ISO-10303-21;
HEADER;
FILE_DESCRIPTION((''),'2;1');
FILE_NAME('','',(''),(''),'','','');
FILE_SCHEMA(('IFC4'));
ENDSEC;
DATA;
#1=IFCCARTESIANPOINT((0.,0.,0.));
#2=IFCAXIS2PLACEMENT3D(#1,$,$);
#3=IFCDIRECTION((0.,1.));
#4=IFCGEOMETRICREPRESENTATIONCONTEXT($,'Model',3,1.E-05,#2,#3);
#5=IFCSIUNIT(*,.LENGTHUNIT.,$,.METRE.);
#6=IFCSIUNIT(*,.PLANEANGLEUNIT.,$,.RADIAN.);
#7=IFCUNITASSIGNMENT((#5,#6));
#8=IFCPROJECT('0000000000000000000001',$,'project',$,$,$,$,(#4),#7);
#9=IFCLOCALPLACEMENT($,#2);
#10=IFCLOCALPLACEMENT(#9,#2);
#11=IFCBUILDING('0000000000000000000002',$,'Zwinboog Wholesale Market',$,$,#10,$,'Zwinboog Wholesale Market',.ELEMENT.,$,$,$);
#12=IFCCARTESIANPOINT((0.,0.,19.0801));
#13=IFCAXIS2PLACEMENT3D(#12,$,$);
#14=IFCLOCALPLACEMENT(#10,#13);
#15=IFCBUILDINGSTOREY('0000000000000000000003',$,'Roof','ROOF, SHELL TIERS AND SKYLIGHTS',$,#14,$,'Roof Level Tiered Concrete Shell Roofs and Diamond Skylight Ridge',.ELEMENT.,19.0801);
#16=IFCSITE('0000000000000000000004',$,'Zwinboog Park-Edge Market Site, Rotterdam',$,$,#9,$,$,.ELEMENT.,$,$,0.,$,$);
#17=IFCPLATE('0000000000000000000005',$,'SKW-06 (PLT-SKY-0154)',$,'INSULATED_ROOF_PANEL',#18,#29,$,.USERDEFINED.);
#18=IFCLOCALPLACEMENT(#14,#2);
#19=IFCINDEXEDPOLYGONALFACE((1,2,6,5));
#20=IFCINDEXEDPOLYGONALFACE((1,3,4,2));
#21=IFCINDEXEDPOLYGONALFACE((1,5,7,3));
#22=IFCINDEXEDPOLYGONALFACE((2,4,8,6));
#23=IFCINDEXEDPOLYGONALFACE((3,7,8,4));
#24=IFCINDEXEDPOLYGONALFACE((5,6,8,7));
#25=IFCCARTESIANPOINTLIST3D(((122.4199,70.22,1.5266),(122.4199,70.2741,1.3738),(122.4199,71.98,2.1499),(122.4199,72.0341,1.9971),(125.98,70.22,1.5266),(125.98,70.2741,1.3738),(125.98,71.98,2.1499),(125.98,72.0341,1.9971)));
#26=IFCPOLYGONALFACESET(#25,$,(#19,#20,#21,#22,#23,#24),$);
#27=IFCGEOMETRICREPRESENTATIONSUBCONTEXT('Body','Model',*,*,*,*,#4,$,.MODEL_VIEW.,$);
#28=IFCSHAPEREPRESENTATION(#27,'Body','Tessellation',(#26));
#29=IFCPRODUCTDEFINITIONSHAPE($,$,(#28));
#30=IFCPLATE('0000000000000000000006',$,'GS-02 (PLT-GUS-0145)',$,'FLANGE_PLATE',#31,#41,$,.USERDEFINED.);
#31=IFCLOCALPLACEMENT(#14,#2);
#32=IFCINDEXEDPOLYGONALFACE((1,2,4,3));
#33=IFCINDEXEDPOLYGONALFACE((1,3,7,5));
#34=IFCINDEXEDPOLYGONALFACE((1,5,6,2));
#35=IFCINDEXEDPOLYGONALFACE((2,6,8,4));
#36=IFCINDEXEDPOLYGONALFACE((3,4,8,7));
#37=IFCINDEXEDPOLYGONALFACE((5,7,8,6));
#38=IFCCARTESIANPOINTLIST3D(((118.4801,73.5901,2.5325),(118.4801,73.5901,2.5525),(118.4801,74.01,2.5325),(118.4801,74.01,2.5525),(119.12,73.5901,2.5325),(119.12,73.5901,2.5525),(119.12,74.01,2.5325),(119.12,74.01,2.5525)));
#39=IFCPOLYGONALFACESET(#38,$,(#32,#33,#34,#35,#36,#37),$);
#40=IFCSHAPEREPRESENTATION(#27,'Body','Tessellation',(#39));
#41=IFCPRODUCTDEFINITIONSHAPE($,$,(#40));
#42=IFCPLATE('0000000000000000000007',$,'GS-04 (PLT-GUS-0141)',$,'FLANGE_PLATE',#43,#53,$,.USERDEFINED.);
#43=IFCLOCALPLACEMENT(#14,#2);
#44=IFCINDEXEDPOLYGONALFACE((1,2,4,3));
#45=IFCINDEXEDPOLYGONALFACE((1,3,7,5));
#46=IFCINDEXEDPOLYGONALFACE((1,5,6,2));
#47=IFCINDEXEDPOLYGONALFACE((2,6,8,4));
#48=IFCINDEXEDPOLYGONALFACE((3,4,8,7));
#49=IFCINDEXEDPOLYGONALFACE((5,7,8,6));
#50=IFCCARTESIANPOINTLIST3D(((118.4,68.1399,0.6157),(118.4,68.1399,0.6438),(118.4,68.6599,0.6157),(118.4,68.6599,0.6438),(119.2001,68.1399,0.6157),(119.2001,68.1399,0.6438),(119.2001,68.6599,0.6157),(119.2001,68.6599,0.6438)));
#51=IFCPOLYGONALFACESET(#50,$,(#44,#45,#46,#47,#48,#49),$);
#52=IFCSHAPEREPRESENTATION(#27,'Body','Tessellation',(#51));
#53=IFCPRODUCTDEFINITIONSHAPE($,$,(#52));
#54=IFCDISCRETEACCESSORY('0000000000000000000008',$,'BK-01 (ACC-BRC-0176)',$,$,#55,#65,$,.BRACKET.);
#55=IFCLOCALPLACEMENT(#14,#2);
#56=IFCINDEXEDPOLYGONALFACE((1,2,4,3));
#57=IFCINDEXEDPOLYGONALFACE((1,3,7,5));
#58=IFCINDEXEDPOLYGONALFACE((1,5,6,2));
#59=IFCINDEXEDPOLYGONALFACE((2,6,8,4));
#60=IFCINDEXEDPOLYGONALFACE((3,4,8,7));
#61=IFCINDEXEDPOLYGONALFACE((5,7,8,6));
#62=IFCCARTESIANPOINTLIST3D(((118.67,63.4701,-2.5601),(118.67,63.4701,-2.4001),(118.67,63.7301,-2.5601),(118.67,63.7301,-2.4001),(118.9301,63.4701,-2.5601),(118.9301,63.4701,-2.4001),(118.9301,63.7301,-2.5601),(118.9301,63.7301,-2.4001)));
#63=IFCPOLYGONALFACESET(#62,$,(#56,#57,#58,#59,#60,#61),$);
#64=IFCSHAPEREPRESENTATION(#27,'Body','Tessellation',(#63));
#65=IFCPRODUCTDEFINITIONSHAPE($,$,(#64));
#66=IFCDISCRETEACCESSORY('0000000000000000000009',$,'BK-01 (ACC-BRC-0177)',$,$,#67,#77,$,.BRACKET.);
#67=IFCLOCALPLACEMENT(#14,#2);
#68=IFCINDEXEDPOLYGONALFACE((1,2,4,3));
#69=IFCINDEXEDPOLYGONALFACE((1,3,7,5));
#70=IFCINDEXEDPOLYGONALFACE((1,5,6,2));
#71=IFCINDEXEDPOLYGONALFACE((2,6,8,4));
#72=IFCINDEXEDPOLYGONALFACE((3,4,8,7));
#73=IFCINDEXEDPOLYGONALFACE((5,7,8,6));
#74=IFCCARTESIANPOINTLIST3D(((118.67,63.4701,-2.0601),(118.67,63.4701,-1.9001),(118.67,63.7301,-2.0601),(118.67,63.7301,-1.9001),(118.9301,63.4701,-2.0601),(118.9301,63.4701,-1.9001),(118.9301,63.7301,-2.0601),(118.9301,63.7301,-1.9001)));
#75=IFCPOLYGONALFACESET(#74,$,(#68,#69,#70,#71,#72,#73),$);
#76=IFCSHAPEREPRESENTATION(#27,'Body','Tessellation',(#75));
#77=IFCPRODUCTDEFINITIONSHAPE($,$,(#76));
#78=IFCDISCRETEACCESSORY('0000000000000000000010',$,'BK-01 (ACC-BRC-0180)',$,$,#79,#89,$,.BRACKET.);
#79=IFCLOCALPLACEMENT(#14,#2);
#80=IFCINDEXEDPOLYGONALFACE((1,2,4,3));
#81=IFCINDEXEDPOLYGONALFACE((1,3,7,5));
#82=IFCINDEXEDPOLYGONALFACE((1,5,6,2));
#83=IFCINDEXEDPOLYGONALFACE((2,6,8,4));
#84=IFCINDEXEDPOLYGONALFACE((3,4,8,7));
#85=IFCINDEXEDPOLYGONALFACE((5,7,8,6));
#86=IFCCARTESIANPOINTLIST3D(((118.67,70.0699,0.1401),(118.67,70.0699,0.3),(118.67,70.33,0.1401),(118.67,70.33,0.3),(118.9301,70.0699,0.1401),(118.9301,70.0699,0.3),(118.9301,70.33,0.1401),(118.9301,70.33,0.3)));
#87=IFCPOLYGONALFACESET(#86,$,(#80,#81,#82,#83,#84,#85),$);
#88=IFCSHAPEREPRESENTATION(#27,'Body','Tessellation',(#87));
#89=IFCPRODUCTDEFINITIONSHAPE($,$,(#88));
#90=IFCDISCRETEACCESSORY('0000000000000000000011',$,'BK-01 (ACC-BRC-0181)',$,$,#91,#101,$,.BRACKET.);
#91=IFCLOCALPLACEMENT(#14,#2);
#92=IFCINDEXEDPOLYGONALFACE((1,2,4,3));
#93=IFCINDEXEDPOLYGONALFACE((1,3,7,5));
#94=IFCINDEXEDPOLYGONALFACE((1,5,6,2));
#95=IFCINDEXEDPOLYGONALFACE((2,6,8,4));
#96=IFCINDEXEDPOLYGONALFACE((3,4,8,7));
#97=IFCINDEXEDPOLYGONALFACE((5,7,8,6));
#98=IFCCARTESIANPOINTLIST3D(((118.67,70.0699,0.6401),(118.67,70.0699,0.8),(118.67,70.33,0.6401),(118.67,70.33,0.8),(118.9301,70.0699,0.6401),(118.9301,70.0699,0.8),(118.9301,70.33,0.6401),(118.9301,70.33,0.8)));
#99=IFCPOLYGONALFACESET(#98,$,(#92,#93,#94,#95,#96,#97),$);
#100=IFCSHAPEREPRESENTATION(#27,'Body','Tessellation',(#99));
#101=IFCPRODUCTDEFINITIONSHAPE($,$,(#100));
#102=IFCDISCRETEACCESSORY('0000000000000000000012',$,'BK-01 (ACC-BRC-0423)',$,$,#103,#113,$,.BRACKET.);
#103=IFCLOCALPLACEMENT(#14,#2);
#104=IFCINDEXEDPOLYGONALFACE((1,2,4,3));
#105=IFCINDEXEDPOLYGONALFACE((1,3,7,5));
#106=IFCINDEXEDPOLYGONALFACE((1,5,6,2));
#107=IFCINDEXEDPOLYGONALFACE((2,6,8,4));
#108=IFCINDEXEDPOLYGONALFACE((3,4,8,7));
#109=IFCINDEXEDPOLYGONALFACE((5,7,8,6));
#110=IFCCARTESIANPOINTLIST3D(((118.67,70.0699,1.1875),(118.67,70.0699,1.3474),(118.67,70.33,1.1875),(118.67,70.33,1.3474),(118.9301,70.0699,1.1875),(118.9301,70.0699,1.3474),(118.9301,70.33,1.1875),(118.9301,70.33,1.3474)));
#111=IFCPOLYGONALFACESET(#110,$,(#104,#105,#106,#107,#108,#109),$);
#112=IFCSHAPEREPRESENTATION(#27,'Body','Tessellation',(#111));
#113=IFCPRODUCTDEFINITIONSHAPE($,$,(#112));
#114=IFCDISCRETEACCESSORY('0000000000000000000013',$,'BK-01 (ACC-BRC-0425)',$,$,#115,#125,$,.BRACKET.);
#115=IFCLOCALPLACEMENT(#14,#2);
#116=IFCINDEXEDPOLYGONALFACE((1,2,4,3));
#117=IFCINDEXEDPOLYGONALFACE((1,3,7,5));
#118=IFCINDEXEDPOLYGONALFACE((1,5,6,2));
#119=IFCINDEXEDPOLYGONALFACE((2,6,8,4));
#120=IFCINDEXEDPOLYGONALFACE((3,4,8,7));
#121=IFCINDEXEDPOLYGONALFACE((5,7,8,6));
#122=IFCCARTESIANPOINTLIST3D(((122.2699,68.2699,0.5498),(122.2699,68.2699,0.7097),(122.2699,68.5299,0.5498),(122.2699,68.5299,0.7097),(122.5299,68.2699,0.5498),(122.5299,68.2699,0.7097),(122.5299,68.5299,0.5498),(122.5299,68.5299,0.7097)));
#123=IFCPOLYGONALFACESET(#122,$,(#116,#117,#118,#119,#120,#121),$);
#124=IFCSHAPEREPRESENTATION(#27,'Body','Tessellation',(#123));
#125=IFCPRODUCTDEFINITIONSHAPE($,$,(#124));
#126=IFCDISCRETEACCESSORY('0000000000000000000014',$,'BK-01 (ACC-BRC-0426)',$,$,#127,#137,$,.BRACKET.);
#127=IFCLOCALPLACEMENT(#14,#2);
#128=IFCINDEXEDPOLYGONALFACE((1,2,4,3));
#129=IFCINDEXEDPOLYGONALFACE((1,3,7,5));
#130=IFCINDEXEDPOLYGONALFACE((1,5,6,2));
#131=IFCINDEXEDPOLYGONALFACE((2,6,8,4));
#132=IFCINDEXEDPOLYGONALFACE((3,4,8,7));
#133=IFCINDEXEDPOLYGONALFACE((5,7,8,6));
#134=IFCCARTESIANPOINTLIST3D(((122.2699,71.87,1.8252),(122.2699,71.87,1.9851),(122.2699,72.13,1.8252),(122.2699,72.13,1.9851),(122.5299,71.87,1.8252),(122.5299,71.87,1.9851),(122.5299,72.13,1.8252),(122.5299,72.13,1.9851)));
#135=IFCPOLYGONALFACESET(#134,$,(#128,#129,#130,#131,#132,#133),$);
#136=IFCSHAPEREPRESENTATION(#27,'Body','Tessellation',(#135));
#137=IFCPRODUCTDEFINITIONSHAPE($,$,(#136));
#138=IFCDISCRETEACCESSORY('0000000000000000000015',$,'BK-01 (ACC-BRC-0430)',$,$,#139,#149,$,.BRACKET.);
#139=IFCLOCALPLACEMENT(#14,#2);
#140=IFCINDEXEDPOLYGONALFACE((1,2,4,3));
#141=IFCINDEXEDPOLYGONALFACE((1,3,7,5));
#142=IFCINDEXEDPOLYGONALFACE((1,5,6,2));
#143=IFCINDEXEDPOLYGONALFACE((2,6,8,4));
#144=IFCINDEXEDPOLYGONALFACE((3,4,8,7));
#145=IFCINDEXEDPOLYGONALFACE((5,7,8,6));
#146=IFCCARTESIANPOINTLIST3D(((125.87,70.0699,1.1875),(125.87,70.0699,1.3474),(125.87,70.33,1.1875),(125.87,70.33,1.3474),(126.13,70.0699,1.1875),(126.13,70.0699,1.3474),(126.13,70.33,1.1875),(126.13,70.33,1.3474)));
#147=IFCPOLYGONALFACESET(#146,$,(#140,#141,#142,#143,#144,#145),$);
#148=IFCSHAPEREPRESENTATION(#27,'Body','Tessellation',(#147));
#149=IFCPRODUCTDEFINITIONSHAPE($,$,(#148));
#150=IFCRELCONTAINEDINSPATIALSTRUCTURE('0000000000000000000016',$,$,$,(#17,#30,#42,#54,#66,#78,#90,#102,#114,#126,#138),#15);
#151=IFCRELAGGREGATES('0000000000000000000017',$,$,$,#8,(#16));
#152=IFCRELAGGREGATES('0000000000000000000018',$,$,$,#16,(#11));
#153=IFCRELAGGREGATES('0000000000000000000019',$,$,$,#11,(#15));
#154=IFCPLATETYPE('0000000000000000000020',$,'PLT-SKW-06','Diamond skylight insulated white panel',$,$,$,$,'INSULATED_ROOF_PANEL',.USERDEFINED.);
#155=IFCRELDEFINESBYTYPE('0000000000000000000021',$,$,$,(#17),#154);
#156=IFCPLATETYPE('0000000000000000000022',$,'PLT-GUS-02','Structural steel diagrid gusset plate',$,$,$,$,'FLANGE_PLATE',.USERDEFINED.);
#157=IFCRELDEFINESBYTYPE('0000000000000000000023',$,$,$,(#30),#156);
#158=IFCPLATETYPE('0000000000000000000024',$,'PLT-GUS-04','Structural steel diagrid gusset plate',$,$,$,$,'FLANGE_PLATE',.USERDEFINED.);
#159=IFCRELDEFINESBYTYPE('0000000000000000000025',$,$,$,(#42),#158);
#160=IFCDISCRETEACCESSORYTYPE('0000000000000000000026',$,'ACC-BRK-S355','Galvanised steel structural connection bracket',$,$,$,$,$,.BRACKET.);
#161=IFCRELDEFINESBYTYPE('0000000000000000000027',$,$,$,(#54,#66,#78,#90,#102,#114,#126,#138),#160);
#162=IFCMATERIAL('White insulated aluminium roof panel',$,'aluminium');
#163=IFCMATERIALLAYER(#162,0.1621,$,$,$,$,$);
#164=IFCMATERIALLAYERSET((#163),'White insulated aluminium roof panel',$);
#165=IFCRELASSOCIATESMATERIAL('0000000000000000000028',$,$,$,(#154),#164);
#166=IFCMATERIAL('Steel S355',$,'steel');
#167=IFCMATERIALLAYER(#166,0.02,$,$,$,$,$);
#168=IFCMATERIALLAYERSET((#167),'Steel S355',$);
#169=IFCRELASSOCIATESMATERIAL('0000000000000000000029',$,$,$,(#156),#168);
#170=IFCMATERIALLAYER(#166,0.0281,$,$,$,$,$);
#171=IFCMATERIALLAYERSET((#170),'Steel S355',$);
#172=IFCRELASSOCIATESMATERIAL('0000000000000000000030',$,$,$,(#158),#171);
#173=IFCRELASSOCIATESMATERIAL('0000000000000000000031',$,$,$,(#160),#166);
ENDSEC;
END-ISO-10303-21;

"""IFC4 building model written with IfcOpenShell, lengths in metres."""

from ifc_helpers import new_model, si_unit, direction, frame, origin, origin_2d, place, context, subcontext, project, spatial, polyline, rectangle, outline, extrude, material, layer, layer_set, type_object, element, save


model = new_model("IFC4")

# Units and contexts
model_context = context("Model", 3, precision=1e-05, world=origin(), true_north=direction((0.0, 1.0)))
body_context = subcontext(model_context, "Body", "Model", "MODEL_VIEW")
ifc_project = project(units=[si_unit("LENGTHUNIT", "METRE"), si_unit("PLANEANGLEUNIT", "RADIAN")], contexts=[model_context])

# Site, building, storey
site_placement = place(None, origin())
site = spatial("IfcSite", under=ifc_project, at=site_placement, Name="Zwinboog Park-Edge Market Site, Rotterdam", CompositionType="ELEMENT", RefElevation=0.0)
building_placement = place(site_placement, origin())
building = spatial("IfcBuilding", under=site, at=building_placement, Name="Zwinboog Wholesale Market", LongName="Zwinboog Wholesale Market", CompositionType="ELEMENT")
storey_placement = place(building_placement, frame((0.0, 0.0, 19.0801)))
storey = spatial("IfcBuildingStorey", under=building, at=storey_placement, Name="Roof", Description="ROOF, SHELL TIERS AND SKYLIGHTS", LongName="Roof Level Tiered Concrete Shell Roofs and Diamond Skylight Ridge", CompositionType="ELEMENT", Elevation=19.0801)

# Shared definitions
ifc_material_1 = material(Name="Steel S355", Category="steel")

# Plates
ifc_material_2 = material(Name="White insulated aluminium roof panel", Category="aluminium")
ifc_layer_1 = layer(ifc_material_2, 0.1621)
ifc_layer_set_1 = layer_set([ifc_layer_1], Name="White insulated aluminium roof panel")
plate_type_1 = type_object("IfcPlateType", Name="PLT-SKW-06", Description="Diamond skylight insulated white panel", ElementType="INSULATED_ROOF_PANEL", PredefinedType="USERDEFINED", material=ifc_layer_set_1)
plate_1_placement = place(storey_placement, frame((122.4199, 70.22, 1.5266), z_axis=(0.0, -0.333825, 0.942635), x_axis=(1.0, 0.0, 0.0)))
element("IfcPlate", 1, at=plate_1_placement, inside=storey, type_object=plate_type_1, Name="SKW-06 (PLT-SKY-0154)", ObjectType="INSULATED_ROOF_PANEL", PredefinedType="USERDEFINED", context=body_context, shape_type="SweptSolid", body=[
    extrude(outline(polyline([(0.0, 0.0), (3.5601, 0.0), (3.5601, 1.8671), (0.0, 1.8671), (0.0, 0.0)])), origin(), (0.0, 0.0, -1.0), 0.1621),
])
ifc_layer_2 = layer(ifc_material_1, 0.02)
ifc_layer_set_2 = layer_set([ifc_layer_2], Name="Steel S355")
plate_type_2 = type_object("IfcPlateType", Name="PLT-GUS-02", Description="Structural steel diagrid gusset plate", ElementType="FLANGE_PLATE", PredefinedType="USERDEFINED", material=ifc_layer_set_2)
plate_2_placement = place(storey_placement, frame((118.8, 73.8, 2.5325), z_axis=(0.0, 0.0, 1.0), x_axis=(1.0, 0.0, 0.0)))
element("IfcPlate", 2, at=plate_2_placement, inside=storey, type_object=plate_type_2, Name="GS-02 (PLT-GUS-0145)", ObjectType="FLANGE_PLATE", PredefinedType="USERDEFINED", context=body_context, shape_type="SweptSolid", body=[
    extrude(rectangle(XDim=0.6399, YDim=0.4199, at=origin_2d()), origin(), (0.0, 0.0, 1.0), 0.02),
])
ifc_layer_3 = layer(ifc_material_1, 0.0281)
ifc_layer_set_3 = layer_set([ifc_layer_3], Name="Steel S355")
plate_type_3 = type_object("IfcPlateType", Name="PLT-GUS-04", Description="Structural steel diagrid gusset plate", ElementType="FLANGE_PLATE", PredefinedType="USERDEFINED", material=ifc_layer_set_3)
plate_3_placement = place(storey_placement, frame((118.8, 68.3999, 0.6157), z_axis=(0.0, 0.0, 1.0), x_axis=(1.0, 0.0, 0.0)))
element("IfcPlate", 3, at=plate_3_placement, inside=storey, type_object=plate_type_3, Name="GS-04 (PLT-GUS-0141)", ObjectType="FLANGE_PLATE", PredefinedType="USERDEFINED", context=body_context, shape_type="SweptSolid", body=[
    extrude(rectangle(XDim=0.8, YDim=0.52, at=origin_2d()), origin(), (0.0, 0.0, 1.0), 0.0281),
])

# Discrete accessories
discrete_accessory_type = type_object("IfcDiscreteAccessoryType", Name="ACC-BRK-S355", Description="Galvanised steel structural connection bracket", PredefinedType="BRACKET", material=ifc_material_1)
for number, where, z_axis, x_axis, name in (
    (4, (118.8, 63.6001, -2.5601), (0.0, 0.0, 1.0), (1.0, 0.0, 0.0), "BK-01 (ACC-BRC-0176)"),
    (5, (118.8, 63.6001, -2.0601), (0.0, 0.0, 1.0), (1.0, 0.0, 0.0), "BK-01 (ACC-BRC-0177)"),
    (6, (118.8, 70.2, 0.1401), (0.0, 0.0, 1.0), (1.0, 0.0, 0.0), "BK-01 (ACC-BRC-0180)"),
    (7, (118.8, 70.2, 0.6401), (0.0, 0.0, 1.0), (1.0, 0.0, 0.0), "BK-01 (ACC-BRC-0181)"),
    (8, (118.8, 70.2, 1.1875), (0.0, 0.0, 1.0), (1.0, 0.0, 0.0), "BK-01 (ACC-BRC-0423)"),
    (9, (122.3999, 68.3999, 0.5498), (0.0, 0.0, 1.0), (1.0, 0.0, 0.0), "BK-01 (ACC-BRC-0425)"),
    (10, (122.3999, 72.0, 1.8252), (0.0, 0.0, 1.0), (1.0, 0.0, 0.0), "BK-01 (ACC-BRC-0426)"),
    (11, (126.0, 70.2, 1.1875), (0.0, 0.0, 1.0), (1.0, 0.0, 0.0), "BK-01 (ACC-BRC-0430)"),
):
    element("IfcDiscreteAccessory", number, at=place(storey_placement, frame(where, z_axis=z_axis, x_axis=x_axis)), inside=storey, type_object=discrete_accessory_type, Name=name, PredefinedType="BRACKET", context=body_context, shape_type="SweptSolid", body=[
        extrude(rectangle(XDim=0.26, YDim=0.26, at=origin_2d()), origin(), (0.0, 0.0, 1.0), 0.1599),
    ])

save(model, "model.ifc")
